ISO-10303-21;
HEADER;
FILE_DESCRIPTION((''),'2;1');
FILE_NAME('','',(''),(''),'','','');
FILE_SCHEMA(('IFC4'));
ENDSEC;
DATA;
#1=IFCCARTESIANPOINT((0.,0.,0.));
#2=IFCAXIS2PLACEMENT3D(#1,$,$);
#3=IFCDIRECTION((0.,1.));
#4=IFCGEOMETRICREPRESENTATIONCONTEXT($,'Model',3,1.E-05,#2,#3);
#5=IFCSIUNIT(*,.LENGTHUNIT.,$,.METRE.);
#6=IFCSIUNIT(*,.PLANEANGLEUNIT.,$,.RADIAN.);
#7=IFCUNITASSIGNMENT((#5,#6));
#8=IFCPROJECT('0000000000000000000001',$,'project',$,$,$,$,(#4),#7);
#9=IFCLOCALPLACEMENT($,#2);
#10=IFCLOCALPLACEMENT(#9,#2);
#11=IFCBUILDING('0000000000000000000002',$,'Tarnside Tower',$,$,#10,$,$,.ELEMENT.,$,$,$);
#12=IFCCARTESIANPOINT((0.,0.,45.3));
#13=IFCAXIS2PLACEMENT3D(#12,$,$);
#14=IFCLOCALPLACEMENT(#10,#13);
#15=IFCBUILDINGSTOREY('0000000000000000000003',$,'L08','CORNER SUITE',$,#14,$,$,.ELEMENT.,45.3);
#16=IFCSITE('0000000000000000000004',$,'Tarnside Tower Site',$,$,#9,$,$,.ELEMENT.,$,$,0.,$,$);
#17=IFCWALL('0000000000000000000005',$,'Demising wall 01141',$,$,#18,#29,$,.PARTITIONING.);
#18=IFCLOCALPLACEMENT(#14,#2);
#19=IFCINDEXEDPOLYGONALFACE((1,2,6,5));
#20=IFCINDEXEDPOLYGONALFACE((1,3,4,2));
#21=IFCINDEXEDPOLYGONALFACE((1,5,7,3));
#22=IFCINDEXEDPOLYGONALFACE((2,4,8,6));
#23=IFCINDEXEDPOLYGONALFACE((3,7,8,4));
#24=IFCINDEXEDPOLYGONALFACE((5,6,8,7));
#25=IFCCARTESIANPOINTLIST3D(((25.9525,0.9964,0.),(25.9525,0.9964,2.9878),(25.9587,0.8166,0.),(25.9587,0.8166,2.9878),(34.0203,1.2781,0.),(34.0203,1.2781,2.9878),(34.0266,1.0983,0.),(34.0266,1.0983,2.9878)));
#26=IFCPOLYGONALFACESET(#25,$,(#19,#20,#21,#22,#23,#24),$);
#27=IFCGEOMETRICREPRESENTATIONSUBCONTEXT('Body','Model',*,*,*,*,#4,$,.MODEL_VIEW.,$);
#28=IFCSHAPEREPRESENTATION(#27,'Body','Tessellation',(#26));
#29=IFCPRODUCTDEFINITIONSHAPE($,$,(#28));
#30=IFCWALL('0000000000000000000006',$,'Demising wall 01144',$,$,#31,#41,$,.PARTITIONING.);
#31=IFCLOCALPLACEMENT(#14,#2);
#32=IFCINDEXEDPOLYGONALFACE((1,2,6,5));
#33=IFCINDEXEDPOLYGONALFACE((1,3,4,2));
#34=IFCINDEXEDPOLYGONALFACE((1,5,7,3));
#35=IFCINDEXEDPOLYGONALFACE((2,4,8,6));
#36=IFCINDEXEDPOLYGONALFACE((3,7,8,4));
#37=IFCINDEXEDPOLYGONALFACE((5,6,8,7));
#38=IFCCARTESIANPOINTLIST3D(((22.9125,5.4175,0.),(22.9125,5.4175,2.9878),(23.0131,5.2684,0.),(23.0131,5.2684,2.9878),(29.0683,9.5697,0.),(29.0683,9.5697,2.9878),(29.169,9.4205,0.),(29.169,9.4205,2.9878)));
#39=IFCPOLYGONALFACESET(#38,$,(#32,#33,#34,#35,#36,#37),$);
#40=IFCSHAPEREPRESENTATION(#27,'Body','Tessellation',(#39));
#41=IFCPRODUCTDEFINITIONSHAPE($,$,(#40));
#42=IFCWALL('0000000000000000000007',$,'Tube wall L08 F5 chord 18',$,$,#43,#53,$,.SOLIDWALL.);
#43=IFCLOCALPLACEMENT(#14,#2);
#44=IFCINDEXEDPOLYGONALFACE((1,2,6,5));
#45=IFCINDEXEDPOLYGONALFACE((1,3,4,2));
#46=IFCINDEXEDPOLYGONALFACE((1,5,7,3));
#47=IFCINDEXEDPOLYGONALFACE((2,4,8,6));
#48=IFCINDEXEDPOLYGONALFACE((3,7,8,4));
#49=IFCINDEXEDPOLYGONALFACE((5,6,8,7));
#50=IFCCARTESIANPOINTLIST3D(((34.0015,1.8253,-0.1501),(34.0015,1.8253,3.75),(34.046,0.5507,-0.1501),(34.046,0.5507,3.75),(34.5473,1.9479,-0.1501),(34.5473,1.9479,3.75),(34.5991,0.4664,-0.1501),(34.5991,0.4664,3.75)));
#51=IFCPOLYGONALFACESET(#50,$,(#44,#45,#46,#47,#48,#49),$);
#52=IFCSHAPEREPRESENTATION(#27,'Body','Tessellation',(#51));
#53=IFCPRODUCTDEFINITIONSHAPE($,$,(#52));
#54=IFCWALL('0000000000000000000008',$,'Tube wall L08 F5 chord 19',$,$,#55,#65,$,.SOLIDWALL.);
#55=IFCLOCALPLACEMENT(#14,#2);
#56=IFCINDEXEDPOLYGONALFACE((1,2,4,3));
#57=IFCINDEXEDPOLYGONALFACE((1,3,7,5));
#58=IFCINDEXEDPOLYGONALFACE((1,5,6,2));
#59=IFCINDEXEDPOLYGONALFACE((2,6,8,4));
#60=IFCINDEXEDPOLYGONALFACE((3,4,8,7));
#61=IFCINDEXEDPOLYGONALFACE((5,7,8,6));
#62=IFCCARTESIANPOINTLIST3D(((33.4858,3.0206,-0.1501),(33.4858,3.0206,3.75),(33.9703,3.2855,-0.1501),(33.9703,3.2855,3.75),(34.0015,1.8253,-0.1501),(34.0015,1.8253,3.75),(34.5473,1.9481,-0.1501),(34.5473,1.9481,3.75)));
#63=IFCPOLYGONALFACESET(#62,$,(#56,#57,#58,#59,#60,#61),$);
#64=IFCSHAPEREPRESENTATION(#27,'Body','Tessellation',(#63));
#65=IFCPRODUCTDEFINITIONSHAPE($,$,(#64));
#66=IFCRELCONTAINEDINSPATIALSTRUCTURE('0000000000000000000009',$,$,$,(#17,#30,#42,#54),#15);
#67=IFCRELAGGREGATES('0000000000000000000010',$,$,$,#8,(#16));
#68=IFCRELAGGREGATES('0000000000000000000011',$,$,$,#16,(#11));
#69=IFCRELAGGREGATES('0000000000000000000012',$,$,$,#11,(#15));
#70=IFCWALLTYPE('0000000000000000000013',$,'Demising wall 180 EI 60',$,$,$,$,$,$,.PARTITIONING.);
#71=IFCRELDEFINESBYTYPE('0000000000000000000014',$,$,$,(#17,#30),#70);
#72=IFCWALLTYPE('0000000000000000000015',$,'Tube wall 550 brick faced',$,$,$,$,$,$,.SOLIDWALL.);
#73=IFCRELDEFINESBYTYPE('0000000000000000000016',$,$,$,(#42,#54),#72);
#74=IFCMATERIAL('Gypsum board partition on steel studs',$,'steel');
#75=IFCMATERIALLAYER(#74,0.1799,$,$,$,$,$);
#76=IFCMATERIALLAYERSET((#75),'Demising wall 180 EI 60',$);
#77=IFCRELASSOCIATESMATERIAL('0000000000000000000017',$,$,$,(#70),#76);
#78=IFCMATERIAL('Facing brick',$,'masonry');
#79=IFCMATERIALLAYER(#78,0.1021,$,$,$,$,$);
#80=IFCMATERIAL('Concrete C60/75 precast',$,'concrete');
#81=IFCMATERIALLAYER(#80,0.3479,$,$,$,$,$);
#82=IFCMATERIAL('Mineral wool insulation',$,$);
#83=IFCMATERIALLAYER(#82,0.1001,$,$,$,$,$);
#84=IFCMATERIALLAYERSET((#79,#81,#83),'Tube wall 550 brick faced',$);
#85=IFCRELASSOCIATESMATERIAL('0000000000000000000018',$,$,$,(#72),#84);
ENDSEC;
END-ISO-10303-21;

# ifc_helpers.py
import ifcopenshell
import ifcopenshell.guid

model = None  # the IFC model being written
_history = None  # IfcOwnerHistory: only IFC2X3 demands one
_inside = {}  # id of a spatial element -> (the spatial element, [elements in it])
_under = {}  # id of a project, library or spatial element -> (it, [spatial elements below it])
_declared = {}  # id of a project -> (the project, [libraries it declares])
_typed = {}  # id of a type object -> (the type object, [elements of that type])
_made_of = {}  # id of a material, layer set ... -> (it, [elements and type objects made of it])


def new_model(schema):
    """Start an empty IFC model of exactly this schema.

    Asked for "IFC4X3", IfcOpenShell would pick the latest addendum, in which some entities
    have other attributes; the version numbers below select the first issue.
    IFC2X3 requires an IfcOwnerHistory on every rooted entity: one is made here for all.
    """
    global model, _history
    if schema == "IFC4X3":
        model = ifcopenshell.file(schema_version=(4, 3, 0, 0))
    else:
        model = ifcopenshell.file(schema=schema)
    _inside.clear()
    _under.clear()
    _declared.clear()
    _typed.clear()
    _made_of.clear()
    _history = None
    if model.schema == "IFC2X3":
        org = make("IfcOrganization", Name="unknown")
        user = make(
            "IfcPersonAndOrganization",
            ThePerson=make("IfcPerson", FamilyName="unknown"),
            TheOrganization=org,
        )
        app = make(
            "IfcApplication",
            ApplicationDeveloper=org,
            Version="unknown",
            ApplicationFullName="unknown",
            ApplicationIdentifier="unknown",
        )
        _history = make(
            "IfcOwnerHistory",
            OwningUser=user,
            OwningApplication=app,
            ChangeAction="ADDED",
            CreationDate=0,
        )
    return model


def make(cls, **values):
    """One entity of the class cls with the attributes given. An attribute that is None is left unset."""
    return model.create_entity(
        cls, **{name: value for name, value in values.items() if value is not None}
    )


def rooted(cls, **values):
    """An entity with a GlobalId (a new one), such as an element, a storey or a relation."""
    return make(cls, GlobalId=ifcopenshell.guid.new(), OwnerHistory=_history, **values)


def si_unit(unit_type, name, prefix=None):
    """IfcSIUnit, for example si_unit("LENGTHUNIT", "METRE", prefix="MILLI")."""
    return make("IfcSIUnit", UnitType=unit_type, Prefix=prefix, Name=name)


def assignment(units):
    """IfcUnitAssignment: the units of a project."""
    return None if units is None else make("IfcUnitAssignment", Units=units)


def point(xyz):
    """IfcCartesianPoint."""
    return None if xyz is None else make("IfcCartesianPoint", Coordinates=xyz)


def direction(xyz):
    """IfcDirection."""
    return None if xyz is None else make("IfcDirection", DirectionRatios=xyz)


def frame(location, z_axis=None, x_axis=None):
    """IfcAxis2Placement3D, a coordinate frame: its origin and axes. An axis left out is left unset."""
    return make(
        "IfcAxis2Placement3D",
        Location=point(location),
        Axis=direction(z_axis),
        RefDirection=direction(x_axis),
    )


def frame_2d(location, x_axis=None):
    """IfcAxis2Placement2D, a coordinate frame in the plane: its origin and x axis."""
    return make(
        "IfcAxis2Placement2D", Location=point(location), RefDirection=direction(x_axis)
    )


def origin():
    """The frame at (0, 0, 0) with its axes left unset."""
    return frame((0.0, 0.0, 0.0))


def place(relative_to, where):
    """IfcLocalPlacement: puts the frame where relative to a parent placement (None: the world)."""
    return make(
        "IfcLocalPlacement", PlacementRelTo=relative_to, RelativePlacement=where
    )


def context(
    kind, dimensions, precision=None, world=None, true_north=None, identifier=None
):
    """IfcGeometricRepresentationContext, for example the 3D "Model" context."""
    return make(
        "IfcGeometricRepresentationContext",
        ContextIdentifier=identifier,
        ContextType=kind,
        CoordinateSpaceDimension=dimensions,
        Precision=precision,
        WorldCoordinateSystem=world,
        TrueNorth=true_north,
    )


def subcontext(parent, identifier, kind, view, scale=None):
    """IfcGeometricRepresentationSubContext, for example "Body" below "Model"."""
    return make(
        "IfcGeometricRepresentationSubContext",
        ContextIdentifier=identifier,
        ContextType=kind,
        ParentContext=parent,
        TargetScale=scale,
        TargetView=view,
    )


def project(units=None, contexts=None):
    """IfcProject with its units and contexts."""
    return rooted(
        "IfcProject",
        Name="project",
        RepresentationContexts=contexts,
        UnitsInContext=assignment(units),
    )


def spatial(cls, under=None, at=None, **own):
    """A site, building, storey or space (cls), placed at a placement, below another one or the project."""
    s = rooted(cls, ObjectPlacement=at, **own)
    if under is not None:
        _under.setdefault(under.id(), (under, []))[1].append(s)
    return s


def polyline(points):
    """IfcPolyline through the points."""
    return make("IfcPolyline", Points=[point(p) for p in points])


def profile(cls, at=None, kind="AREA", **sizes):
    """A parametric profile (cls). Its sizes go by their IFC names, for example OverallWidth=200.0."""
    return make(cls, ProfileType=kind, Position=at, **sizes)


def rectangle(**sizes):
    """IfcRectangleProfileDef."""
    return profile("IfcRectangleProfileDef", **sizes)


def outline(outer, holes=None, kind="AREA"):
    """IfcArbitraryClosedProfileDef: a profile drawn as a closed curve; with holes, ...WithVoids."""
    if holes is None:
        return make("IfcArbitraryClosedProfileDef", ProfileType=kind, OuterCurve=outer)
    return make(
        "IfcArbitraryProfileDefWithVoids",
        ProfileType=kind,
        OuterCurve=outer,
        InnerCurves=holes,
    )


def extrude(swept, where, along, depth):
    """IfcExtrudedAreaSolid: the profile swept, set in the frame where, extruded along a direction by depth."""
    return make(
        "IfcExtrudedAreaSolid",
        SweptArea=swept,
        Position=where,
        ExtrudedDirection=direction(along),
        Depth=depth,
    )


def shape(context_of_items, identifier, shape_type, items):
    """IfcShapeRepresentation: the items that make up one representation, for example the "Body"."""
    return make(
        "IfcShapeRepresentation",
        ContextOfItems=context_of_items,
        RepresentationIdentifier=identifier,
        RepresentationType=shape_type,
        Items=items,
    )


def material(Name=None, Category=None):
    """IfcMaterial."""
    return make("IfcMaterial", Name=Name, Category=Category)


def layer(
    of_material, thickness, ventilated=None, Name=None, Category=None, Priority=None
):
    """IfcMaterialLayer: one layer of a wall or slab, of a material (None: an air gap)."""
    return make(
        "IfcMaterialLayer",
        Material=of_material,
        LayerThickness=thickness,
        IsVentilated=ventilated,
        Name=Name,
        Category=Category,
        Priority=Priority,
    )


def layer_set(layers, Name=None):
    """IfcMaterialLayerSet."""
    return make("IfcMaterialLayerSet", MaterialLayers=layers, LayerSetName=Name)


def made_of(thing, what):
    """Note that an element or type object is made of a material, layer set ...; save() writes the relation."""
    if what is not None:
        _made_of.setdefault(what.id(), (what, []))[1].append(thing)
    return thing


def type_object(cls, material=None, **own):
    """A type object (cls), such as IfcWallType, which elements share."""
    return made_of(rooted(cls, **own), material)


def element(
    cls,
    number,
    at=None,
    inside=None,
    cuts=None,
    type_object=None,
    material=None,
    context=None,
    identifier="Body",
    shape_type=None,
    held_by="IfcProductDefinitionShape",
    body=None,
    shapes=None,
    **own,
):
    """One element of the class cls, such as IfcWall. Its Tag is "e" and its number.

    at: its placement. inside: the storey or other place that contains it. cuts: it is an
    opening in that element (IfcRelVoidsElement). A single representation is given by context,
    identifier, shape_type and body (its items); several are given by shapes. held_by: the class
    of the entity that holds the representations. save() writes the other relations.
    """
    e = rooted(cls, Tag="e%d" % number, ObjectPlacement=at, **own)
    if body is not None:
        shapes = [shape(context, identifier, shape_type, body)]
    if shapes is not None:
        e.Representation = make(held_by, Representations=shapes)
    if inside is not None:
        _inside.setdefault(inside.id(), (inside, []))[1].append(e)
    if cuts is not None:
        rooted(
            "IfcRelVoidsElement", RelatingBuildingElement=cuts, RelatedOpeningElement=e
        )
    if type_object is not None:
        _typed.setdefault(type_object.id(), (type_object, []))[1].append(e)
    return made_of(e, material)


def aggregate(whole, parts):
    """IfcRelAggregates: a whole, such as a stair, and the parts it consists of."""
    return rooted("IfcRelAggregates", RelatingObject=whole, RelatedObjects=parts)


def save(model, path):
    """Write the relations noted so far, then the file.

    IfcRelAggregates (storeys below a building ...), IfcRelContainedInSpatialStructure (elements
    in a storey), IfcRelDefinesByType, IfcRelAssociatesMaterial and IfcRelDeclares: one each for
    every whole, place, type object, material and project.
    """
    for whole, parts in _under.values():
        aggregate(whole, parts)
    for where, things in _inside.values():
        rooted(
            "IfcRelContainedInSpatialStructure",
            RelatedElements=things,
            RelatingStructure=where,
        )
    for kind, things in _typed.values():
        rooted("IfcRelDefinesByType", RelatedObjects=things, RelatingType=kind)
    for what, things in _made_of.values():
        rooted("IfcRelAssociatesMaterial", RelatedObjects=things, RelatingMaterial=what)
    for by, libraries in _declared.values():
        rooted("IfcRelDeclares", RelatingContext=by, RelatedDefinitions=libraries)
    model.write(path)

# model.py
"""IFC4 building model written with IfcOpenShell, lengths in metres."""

from ifc_helpers import new_model, si_unit, direction, frame, frame_2d, origin, place, context, subcontext, project, spatial, polyline, rectangle, outline, extrude, material, layer, layer_set, type_object, element, save


model = new_model("IFC4")

# Units and contexts
model_context = context("Model", 3, precision=1e-05, world=origin(), true_north=direction((0.0, 1.0)))
body_context = subcontext(model_context, "Body", "Model", "MODEL_VIEW")
ifc_project = project(units=[si_unit("LENGTHUNIT", "METRE"), si_unit("PLANEANGLEUNIT", "RADIAN")], contexts=[model_context])

# Site, building, storey
site_placement = place(None, origin())
site = spatial("IfcSite", under=ifc_project, at=site_placement, Name="Tarnside Tower Site", CompositionType="ELEMENT", RefElevation=0.0)
building_placement = place(site_placement, origin())
building = spatial("IfcBuilding", under=site, at=building_placement, Name="Tarnside Tower", CompositionType="ELEMENT")
storey_placement = place(building_placement, frame((0.0, 0.0, 45.3)))
storey = spatial("IfcBuildingStorey", under=building, at=storey_placement, Name="L08", Description="CORNER SUITE", CompositionType="ELEMENT", Elevation=45.3)

# Walls
ifc_material_1 = material(Name="Gypsum board partition on steel studs", Category="steel")
ifc_layer_1 = layer(ifc_material_1, 0.1799)
ifc_layer_set_1 = layer_set([ifc_layer_1], Name="Demising wall 180 EI 60")
wall_type_1 = type_object("IfcWallType", Name="Demising wall 180 EI 60", PredefinedType="PARTITIONING", material=ifc_layer_set_1)
wall_1_placement = place(storey_placement, frame((34.0234, 1.1882, 0.0), z_axis=(0.0, 0.0, 1.0), x_axis=(-0.999391, -0.0349, 0.0)))
element("IfcWall", 1, at=wall_1_placement, inside=storey, type_object=wall_type_1, Name="Demising wall 01141", PredefinedType="PARTITIONING", context=body_context, shape_type="SweptSolid", body=[
    extrude(rectangle(XDim=8.0728, YDim=0.1799, at=frame_2d((4.0364, 0.0))), origin(), (0.0, 0.0, 1.0), 2.9878),
])
wall_2_placement = place(storey_placement, frame((29.1187, 9.4951, 0.0), z_axis=(0.0, 0.0, 1.0), x_axis=(-0.829038, -0.559192, 0.0)))
element("IfcWall", 2, at=wall_2_placement, inside=storey, type_object=wall_type_1, Name="Demising wall 01144", PredefinedType="PARTITIONING", context=body_context, shape_type="SweptSolid", body=[
    extrude(rectangle(XDim=7.4253, YDim=0.1799, at=frame_2d((3.7126, 0.0))), origin(), (0.0, 0.0, 1.0), 2.9878),
])
ifc_material_2 = material(Name="Facing brick", Category="masonry")
ifc_layer_2 = layer(ifc_material_2, 0.1021)
ifc_material_3 = material(Name="Concrete C60/75 precast", Category="concrete")
ifc_layer_3 = layer(ifc_material_3, 0.3479)
ifc_material_4 = material(Name="Mineral wool insulation")
ifc_layer_4 = layer(ifc_material_4, 0.1001)
ifc_layer_set_2 = layer_set([ifc_layer_2, ifc_layer_3, ifc_layer_4], Name="Tube wall 550 brick faced")
wall_type_2 = type_object("IfcWallType", Name="Tube wall 550 brick faced", PredefinedType="SOLIDWALL", material=ifc_layer_set_2)
wall_3_placement = place(storey_placement, frame((34.3225, 0.5085, -0.1501), z_axis=(0.0, 0.0, 1.0), x_axis=(-0.034877, 0.999392, 0.0)))
element("IfcWall", 3, at=wall_3_placement, inside=storey, type_object=wall_type_2, Name="Tube wall L08 F5 chord 18", PredefinedType="SOLIDWALL", context=body_context, shape_type="SweptSolid", body=[
    extrude(outline(polyline([(-0.0518, -0.2749), (1.4307, -0.2749), (1.3271, 0.2749), (0.0518, 0.2749), (-0.0518, -0.2749)])), origin(), (0.0, 0.0, 1.0), 3.9001),
])
wall_4_placement = place(storey_placement, frame((34.2744, 1.8867, -0.1501), z_axis=(0.0, 0.0, 1.0), x_axis=(-0.396161, 0.918181, 0.0)))
element("IfcWall", 4, at=wall_4_placement, inside=storey, type_object=wall_type_2, Name="Tube wall L08 F5 chord 19", PredefinedType="SOLIDWALL", context=body_context, shape_type="SweptSolid", body=[
    extrude(outline(polyline([(-0.0518, -0.2749), (1.4048, -0.2749), (1.3535, 0.2749), (0.0518, 0.2749), (-0.0518, -0.2749)])), origin(), (0.0, 0.0, 1.0), 3.9001),
])

save(model, "model.ifc")
